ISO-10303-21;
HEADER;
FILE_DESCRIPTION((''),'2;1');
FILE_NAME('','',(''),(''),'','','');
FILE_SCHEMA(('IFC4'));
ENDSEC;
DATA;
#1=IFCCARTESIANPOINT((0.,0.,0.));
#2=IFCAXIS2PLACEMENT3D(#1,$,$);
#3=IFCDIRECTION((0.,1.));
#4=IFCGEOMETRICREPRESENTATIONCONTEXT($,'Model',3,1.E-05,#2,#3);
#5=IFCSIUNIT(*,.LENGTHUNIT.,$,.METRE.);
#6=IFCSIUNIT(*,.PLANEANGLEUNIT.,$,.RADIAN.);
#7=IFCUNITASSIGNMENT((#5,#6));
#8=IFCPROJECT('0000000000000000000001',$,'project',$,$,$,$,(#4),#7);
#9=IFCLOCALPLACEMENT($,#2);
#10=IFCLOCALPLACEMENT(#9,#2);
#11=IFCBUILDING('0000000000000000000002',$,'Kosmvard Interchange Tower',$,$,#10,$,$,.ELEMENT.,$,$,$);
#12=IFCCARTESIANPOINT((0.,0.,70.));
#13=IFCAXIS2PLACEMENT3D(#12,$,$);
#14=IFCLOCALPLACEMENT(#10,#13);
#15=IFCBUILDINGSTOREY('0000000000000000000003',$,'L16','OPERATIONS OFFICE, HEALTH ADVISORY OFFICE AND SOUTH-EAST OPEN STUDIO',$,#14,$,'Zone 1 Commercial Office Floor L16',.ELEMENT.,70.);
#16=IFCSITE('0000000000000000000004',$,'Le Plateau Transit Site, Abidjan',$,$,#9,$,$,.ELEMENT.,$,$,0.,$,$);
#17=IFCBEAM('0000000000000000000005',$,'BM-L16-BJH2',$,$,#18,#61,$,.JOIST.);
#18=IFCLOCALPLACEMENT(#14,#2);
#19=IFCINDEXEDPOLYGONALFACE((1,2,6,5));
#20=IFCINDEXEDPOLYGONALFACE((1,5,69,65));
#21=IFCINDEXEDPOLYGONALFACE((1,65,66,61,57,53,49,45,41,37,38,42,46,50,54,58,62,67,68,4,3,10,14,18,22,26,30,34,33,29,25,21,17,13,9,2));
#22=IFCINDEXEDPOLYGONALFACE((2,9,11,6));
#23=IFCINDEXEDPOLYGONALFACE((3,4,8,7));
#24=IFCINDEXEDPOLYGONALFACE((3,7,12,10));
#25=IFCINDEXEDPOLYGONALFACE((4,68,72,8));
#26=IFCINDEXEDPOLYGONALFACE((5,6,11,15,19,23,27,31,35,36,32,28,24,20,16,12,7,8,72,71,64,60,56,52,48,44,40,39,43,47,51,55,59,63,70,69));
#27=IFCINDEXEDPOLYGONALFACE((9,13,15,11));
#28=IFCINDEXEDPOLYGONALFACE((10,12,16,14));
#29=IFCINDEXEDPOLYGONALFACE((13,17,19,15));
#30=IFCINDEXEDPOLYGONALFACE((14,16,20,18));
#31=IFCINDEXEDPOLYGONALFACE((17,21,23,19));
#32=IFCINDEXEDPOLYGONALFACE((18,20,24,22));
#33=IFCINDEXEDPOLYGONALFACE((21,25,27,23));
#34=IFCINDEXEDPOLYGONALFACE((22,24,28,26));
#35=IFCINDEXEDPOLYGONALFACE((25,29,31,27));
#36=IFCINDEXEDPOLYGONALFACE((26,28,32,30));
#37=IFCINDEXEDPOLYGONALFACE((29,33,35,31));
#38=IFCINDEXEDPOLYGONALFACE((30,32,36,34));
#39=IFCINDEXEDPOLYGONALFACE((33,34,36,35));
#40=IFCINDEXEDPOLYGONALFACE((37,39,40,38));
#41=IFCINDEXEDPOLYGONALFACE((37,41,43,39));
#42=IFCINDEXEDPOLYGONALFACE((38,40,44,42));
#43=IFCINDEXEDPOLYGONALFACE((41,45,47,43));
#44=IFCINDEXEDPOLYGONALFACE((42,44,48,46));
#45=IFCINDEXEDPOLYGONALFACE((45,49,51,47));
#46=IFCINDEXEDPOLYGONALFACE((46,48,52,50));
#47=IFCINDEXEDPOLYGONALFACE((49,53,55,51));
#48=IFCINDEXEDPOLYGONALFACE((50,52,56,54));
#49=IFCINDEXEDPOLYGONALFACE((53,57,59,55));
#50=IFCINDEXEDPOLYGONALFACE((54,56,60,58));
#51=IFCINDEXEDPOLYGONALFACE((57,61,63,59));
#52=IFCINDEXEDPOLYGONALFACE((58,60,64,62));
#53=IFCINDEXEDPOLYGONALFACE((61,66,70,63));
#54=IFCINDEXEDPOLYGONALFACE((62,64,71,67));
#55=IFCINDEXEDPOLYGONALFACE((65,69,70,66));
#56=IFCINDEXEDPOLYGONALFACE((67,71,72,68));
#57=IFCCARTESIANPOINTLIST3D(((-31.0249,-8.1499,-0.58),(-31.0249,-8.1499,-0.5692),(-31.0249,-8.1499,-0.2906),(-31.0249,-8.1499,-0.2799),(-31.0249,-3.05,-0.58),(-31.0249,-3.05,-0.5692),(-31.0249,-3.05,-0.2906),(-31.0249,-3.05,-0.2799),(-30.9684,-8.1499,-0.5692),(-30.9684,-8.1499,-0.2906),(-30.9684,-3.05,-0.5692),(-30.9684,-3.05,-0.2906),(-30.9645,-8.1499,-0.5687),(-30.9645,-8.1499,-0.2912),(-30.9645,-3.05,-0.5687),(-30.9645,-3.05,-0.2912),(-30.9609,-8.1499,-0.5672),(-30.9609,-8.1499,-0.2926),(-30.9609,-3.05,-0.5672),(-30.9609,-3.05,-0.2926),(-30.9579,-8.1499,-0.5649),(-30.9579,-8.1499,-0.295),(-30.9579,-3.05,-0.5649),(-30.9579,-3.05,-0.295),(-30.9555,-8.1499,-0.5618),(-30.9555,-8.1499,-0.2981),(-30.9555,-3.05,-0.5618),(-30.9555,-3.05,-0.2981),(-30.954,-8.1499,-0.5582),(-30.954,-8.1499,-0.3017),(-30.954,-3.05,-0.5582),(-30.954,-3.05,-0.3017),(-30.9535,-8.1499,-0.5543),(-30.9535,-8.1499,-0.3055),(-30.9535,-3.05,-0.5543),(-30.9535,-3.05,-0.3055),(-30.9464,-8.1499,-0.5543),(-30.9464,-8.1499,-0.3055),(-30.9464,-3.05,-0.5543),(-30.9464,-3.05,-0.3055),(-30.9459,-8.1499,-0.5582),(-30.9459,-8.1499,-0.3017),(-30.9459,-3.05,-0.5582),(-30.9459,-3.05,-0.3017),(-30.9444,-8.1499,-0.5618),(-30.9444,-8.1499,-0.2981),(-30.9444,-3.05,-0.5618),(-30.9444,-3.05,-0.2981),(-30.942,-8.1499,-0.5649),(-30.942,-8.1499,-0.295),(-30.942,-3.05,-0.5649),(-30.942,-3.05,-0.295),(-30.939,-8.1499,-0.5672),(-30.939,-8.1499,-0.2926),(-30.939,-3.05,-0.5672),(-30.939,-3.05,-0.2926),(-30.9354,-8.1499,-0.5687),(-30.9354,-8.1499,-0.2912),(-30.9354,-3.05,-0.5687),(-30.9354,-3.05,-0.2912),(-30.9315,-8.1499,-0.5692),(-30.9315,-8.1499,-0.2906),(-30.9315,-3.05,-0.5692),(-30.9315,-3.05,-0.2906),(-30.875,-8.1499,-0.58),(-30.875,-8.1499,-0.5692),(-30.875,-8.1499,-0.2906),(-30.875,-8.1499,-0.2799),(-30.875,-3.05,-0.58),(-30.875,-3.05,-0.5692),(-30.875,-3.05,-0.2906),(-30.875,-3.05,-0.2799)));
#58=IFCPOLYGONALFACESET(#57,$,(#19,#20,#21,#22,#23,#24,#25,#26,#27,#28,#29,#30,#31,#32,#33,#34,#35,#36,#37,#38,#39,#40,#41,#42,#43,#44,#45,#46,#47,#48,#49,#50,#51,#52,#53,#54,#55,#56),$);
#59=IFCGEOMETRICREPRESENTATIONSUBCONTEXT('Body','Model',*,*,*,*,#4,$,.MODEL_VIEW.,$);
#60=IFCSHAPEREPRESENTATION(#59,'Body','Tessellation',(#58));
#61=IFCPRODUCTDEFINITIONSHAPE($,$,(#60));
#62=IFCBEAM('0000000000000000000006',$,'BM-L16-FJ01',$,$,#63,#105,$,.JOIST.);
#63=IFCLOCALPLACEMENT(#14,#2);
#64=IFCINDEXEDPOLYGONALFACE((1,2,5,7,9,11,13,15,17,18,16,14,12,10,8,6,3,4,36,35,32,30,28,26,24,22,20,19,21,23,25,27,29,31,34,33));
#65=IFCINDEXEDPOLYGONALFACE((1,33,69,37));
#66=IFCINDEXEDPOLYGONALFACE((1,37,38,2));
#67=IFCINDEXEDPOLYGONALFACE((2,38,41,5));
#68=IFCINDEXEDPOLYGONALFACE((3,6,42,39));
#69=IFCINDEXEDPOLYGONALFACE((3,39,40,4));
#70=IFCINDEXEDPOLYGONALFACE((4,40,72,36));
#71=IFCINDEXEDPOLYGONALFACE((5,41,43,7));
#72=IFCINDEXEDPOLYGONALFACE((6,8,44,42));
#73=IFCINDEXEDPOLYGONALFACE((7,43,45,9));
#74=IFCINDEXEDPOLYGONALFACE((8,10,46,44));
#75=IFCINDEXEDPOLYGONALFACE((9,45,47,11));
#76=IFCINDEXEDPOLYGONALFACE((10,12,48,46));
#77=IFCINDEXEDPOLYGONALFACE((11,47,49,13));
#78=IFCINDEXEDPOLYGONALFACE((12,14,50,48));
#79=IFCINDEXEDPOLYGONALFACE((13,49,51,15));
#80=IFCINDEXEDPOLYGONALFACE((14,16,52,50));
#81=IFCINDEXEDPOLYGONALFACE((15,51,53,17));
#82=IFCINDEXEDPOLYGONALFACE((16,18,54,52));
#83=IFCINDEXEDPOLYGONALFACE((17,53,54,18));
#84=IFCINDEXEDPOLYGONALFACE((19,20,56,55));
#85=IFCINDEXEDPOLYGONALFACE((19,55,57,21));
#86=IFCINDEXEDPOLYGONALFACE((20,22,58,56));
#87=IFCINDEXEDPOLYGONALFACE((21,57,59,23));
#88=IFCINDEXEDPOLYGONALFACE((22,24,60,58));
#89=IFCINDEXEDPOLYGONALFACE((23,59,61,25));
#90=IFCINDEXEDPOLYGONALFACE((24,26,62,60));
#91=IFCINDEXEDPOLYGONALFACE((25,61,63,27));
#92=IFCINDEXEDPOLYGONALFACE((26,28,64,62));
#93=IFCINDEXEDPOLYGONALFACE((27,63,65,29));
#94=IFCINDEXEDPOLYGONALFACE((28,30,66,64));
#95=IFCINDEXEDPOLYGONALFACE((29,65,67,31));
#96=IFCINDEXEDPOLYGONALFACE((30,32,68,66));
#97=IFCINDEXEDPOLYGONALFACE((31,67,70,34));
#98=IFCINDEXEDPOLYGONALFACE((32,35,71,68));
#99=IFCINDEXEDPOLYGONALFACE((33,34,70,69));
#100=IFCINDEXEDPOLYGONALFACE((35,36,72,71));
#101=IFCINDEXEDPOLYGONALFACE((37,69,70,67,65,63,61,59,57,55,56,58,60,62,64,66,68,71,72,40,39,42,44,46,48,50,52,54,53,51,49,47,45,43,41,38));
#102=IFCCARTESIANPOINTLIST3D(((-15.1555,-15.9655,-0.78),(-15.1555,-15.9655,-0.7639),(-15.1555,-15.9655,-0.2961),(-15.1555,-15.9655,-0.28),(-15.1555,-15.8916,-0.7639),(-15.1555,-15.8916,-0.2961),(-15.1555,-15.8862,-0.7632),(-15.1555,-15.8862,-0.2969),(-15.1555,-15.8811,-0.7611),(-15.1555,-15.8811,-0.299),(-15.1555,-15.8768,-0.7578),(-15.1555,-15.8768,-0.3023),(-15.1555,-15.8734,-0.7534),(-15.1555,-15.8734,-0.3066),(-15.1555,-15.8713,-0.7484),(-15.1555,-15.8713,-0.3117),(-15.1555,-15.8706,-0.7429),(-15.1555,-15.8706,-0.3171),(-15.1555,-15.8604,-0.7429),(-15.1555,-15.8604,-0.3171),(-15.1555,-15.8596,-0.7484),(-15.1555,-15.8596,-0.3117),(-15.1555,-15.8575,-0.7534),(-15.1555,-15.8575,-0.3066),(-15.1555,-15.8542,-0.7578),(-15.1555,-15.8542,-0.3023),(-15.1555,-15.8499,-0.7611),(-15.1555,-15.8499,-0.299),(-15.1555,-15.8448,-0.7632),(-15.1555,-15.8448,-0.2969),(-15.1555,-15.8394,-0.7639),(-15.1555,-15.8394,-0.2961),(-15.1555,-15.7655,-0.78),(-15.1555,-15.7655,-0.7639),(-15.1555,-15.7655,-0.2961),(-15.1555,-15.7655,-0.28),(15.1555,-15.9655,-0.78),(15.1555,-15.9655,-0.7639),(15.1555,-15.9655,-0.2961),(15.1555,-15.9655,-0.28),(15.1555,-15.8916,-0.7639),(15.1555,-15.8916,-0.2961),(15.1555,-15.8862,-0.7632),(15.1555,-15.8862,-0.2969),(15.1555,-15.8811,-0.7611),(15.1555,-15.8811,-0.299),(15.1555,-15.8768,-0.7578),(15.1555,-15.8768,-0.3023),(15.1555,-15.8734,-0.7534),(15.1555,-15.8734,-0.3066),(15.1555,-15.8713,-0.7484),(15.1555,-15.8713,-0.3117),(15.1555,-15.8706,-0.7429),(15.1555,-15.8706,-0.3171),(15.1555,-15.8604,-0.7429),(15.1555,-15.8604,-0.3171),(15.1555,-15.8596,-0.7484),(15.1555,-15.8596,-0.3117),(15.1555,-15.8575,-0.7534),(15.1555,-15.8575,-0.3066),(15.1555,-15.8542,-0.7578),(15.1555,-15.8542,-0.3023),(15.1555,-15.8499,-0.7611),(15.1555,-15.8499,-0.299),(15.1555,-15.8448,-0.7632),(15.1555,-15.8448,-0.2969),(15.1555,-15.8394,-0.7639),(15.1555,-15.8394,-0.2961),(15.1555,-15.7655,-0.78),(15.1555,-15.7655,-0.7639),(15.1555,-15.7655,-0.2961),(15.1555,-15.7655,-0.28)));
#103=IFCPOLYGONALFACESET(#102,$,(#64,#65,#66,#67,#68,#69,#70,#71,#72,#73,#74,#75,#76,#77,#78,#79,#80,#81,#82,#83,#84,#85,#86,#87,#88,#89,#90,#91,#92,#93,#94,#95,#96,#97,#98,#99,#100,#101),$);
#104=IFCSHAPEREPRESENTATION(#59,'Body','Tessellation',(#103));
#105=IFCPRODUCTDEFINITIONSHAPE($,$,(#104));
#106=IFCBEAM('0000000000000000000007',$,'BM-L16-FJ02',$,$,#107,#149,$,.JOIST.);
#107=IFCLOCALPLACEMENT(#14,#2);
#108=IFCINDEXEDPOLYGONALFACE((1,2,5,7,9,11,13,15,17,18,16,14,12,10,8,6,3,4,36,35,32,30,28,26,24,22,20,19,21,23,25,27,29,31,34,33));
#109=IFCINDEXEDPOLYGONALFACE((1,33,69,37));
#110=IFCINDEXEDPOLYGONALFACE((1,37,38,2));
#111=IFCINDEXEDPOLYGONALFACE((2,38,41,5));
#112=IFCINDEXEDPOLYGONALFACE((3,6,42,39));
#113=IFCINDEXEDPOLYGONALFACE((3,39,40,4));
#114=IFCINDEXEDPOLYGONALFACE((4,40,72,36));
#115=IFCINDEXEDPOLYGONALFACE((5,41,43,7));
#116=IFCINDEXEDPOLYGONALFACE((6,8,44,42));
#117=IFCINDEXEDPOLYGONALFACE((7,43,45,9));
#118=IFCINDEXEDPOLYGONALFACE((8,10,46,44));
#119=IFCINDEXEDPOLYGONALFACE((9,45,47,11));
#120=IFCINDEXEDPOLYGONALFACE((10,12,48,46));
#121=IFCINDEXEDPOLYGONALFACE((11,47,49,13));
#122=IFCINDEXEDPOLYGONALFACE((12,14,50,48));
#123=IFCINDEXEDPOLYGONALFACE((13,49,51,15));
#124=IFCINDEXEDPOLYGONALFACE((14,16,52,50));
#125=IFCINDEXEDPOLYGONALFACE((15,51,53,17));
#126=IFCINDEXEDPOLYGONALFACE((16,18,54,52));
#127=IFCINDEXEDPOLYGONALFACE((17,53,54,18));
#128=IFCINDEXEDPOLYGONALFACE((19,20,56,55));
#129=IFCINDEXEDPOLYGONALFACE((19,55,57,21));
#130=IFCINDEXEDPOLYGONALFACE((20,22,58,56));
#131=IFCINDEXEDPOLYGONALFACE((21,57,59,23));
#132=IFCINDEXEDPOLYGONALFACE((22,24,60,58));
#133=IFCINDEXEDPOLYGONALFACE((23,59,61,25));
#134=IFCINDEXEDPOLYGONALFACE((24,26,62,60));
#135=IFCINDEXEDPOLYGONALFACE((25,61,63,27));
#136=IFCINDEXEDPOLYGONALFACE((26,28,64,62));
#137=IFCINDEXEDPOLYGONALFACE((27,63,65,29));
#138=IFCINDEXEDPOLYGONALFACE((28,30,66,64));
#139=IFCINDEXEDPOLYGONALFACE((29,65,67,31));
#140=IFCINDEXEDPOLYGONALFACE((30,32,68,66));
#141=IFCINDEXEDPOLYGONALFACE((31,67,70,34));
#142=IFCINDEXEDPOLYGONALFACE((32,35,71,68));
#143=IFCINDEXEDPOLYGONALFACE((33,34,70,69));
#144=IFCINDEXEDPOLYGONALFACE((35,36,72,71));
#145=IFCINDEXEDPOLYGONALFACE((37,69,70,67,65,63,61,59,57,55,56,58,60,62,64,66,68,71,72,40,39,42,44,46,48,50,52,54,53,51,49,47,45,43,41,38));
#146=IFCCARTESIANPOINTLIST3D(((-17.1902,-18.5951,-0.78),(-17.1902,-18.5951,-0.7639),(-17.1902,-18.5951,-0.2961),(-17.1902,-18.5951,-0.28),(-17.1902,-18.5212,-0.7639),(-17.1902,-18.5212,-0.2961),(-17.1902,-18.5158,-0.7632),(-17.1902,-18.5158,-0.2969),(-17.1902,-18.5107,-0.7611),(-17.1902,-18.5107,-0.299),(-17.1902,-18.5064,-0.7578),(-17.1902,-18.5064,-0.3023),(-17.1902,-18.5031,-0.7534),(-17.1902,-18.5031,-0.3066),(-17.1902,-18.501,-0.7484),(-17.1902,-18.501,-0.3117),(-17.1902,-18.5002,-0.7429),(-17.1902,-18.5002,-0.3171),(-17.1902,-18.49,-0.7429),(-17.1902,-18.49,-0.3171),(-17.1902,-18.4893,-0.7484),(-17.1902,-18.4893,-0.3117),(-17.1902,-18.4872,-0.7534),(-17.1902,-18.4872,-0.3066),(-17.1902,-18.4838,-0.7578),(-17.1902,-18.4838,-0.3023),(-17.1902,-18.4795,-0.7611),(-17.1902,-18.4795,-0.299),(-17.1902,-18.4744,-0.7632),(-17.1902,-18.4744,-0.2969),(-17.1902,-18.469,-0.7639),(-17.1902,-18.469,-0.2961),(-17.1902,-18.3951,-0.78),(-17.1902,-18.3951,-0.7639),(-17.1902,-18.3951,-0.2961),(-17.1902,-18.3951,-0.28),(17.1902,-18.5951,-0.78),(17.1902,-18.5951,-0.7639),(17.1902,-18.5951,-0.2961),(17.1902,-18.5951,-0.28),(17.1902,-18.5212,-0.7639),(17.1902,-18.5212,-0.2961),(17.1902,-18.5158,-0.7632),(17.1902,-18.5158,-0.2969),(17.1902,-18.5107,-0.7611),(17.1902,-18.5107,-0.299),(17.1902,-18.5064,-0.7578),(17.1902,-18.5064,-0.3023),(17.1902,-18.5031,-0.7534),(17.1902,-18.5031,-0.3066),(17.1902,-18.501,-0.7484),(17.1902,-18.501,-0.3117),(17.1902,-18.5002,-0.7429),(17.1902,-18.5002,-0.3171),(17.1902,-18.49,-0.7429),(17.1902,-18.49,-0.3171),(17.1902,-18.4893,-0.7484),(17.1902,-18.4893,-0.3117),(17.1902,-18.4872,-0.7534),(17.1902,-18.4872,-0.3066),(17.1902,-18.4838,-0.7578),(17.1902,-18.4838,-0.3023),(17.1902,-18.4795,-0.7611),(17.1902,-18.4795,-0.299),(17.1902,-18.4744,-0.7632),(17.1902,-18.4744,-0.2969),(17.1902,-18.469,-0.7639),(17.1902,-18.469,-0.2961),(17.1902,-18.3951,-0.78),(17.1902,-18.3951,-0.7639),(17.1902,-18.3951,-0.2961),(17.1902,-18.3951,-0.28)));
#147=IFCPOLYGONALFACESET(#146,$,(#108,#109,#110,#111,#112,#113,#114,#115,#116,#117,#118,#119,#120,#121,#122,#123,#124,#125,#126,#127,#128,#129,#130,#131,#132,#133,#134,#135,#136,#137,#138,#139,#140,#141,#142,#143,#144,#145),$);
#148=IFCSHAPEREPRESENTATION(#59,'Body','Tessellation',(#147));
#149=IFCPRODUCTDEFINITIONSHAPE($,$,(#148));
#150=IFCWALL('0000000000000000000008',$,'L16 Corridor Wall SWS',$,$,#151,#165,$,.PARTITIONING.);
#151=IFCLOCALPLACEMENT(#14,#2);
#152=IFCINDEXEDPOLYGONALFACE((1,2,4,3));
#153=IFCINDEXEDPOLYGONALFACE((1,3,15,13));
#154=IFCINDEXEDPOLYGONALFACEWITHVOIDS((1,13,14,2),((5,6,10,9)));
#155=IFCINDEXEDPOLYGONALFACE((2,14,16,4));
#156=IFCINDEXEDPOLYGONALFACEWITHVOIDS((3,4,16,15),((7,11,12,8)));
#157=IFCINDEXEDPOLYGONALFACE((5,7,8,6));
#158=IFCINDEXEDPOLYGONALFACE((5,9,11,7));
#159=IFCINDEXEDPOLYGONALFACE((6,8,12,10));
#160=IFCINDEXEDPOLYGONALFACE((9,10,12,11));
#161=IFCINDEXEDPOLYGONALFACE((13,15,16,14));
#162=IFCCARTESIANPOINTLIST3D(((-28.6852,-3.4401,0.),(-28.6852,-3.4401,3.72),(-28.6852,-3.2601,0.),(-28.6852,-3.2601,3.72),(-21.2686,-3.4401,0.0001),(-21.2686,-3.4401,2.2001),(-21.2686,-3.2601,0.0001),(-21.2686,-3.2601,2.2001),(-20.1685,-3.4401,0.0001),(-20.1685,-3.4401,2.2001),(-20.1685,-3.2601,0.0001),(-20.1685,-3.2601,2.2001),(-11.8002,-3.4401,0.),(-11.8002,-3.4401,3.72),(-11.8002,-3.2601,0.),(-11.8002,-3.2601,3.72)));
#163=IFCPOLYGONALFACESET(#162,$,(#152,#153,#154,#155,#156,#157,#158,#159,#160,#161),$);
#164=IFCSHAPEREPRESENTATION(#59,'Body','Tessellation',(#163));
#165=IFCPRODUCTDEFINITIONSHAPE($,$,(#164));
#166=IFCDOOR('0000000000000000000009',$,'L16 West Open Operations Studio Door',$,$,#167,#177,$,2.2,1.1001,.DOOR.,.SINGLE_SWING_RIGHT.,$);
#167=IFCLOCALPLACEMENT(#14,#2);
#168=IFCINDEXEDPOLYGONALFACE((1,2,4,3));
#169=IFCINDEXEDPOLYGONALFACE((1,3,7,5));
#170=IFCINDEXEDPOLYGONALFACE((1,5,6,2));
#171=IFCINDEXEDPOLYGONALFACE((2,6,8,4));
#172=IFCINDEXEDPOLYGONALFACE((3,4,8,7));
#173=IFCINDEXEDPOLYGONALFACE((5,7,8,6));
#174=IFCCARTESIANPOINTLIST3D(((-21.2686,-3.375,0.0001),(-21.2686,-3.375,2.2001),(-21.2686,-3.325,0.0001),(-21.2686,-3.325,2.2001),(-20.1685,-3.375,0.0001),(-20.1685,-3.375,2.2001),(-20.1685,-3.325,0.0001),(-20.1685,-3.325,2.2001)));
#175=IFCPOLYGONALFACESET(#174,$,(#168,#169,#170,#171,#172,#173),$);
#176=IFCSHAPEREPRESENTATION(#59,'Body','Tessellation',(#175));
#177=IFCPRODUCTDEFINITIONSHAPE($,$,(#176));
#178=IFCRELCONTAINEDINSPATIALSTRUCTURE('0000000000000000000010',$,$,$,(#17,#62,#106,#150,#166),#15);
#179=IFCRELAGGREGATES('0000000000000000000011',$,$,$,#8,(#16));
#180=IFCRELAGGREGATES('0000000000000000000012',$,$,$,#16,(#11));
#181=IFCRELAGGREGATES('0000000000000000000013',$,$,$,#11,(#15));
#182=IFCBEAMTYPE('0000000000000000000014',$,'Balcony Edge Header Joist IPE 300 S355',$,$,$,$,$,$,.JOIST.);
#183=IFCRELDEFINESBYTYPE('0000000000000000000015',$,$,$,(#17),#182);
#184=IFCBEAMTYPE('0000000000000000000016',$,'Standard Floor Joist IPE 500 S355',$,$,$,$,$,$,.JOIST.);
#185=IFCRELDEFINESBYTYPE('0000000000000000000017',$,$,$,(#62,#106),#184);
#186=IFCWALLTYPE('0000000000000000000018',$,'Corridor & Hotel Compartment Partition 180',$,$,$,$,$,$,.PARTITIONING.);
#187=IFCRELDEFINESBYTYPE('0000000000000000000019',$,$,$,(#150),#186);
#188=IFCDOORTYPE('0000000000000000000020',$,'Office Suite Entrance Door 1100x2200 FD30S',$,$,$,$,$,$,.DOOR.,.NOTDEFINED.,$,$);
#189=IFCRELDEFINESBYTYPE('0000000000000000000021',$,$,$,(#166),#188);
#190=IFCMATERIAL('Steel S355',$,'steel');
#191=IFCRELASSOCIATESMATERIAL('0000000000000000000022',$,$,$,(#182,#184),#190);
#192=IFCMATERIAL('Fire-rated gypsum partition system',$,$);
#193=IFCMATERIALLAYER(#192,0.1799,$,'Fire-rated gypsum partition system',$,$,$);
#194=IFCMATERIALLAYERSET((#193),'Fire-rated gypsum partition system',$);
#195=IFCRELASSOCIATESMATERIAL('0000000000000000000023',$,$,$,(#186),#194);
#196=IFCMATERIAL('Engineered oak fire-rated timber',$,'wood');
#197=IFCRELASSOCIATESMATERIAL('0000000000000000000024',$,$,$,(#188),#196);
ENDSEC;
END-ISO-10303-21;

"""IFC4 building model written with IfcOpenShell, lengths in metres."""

from ifc_helpers import new_model, si_unit, direction, frame, frame_2d, origin, origin_2d, place, context, subcontext, project, spatial, rectangle, i_section, extrude, source, transform, mapped, material, layer, layer_set, material_profile, profile_set, type_object, element, fill, save


model = new_model("IFC4")

# Units and contexts
model_context = context("Model", 3, precision=1e-05, world=origin(), true_north=direction((0.0, 1.0)))
body_context = subcontext(model_context, "Body", "Model", "MODEL_VIEW")
ifc_project = project(units=[si_unit("LENGTHUNIT", "METRE"), si_unit("PLANEANGLEUNIT", "RADIAN")], contexts=[model_context])

# Site, building, storey
site_placement = place(None, origin())
site = spatial("IfcSite", under=ifc_project, at=site_placement, Name="Le Plateau Transit Site, Abidjan", CompositionType="ELEMENT", RefElevation=0.0)
building_placement = place(site_placement, origin())
building = spatial("IfcBuilding", under=site, at=building_placement, Name="Kosmvard Interchange Tower", CompositionType="ELEMENT")
storey_placement = place(building_placement, frame((0.0, 0.0, 70.0)))
storey = spatial("IfcBuildingStorey", under=building, at=storey_placement, Name="L16", Description="OPERATIONS OFFICE, HEALTH ADVISORY OFFICE AND SOUTH-EAST OPEN STUDIO", LongName="Zone 1 Commercial Office Floor L16", CompositionType="ELEMENT", Elevation=70.0)

# Beams
ifc_material_1 = material(Name="Steel S355", Category="steel")
ifc_material_profile_1 = material_profile(ifc_material_1, i_section(OverallWidth=0.1499, OverallDepth=0.3, WebThickness=0.0071, FlangeThickness=0.0107, FilletRadius=0.0149, at=origin_2d()), Name="IPE 300")
ifc_profile_set_1 = profile_set([ifc_material_profile_1], Name="Steel S355")
beam_type_1 = type_object("IfcBeamType", Name="Balcony Edge Header Joist IPE 300 S355", PredefinedType="JOIST", material=ifc_profile_set_1)
shared_shape_1 = source(origin(), body_context, "Body", "SweptSolid", [
    extrude(i_section(OverallWidth=0.1499, OverallDepth=0.3, WebThickness=0.0071, FlangeThickness=0.0107, FilletRadius=0.0149, at=origin_2d()), origin(), (0.0, 0.0, 1.0), 5.0999),
])
beam_1_placement = place(storey_placement, frame((-30.95, -3.05, -0.4299), z_axis=(0.0, -1.0, 0.0), x_axis=(1.0, 0.0, 0.0)))
element("IfcBeam", 1, at=beam_1_placement, inside=storey, type_object=beam_type_1, Name="BM-L16-BJH2", PredefinedType="JOIST", context=body_context, shape_type="MappedRepresentation", body=[
    mapped(shared_shape_1, transform((0.0, 0.0, 0.0), scale=1.0)),
])
ifc_material_profile_2 = material_profile(ifc_material_1, i_section(OverallWidth=0.2, OverallDepth=0.5, WebThickness=0.0103, FlangeThickness=0.0161, FilletRadius=0.021, at=origin_2d()), Name="IPE 500")
ifc_profile_set_2 = profile_set([ifc_material_profile_2], Name="Steel S355")
beam_type_2 = type_object("IfcBeamType", Name="Standard Floor Joist IPE 500 S355", PredefinedType="JOIST", material=ifc_profile_set_2)
shared_shape_2 = source(origin(), body_context, "Body", "SweptSolid", [
    extrude(i_section(OverallWidth=0.2, OverallDepth=0.5, WebThickness=0.0103, FlangeThickness=0.0161, FilletRadius=0.021, at=origin_2d()), origin(), (0.0, 0.0, 1.0), 30.311),
])
beam_2_placement = place(storey_placement, frame((-15.1555, -15.8655, -0.53), z_axis=(1.0, 0.0, 0.0), x_axis=(0.0, 1.0, 0.0)))
element("IfcBeam", 2, at=beam_2_placement, inside=storey, type_object=beam_type_2, Name="BM-L16-FJ01", PredefinedType="JOIST", context=body_context, shape_type="MappedRepresentation", body=[
    mapped(shared_shape_2, transform((0.0, 0.0, 0.0), scale=1.0)),
])
shared_shape_3 = source(origin(), body_context, "Body", "SweptSolid", [
    extrude(i_section(OverallWidth=0.2, OverallDepth=0.5, WebThickness=0.0103, FlangeThickness=0.0161, FilletRadius=0.021, at=origin_2d()), origin(), (0.0, 0.0, 1.0), 34.3804),
])
beam_3_placement = place(storey_placement, frame((-17.1902, -18.4951, -0.53), z_axis=(1.0, 0.0, 0.0), x_axis=(0.0, 1.0, 0.0)))
element("IfcBeam", 3, at=beam_3_placement, inside=storey, type_object=beam_type_2, Name="BM-L16-FJ02", PredefinedType="JOIST", context=body_context, shape_type="MappedRepresentation", body=[
    mapped(shared_shape_3, transform((0.0, 0.0, 0.0), scale=1.0)),
])

# Wall, opening, door
ifc_material_2 = material(Name="Fire-rated gypsum partition system")
ifc_layer_1 = layer(ifc_material_2, 0.1799, Name="Fire-rated gypsum partition system")
ifc_layer_set_1 = layer_set([ifc_layer_1], Name="Fire-rated gypsum partition system")
wall_type_1 = type_object("IfcWallType", Name="Corridor & Hotel Compartment Partition 180", PredefinedType="PARTITIONING", material=ifc_layer_set_1)
wall_1_placement = place(storey_placement, frame((-28.6851, -3.3501, 0.0), z_axis=(0.0, 0.0, 1.0), x_axis=(1.0, 0.0, 0.0)))
wall_1 = element("IfcWall", 4, at=wall_1_placement, inside=storey, type_object=wall_type_1, Name="L16 Corridor Wall SWS", PredefinedType="PARTITIONING", context=body_context, shape_type="SweptSolid", body=[
    extrude(rectangle(XDim=16.885, YDim=0.1799, at=frame_2d((8.4424, 0.0))), origin(), (0.0, 0.0, 1.0), 3.72),
])
opening_1_placement = place(wall_1_placement, frame((7.4165, 0.0, 0.0)))
opening_1 = element("IfcOpeningElement", 5, at=opening_1_placement, cuts=wall_1, PredefinedType="OPENING", context=body_context, shape_type="SweptSolid", body=[
    extrude(rectangle(XDim=1.1001, YDim=2.2, at=frame_2d((0.55, 1.1001))), frame((0.0, 0.1001, 0.0), z_axis=(0.0, -1.0, 0.0), x_axis=(1.0, 0.0, 0.0)), (0.0, 0.0, 1.0), 0.2),
])
ifc_material_3 = material(Name="Engineered oak fire-rated timber", Category="wood")
door_type_1 = type_object("IfcDoorType", Name="Office Suite Entrance Door 1100x2200 FD30S", OperationType="NOTDEFINED", PredefinedType="DOOR", material=ifc_material_3)
shared_shape_4 = source(origin(), body_context, "Body", "SweptSolid", [
    extrude(rectangle(XDim=1.1001, YDim=2.2, at=frame_2d((0.55, 1.1001))), frame((0.0, 0.0249, 0.0), z_axis=(0.0, -1.0, 0.0), x_axis=(1.0, 0.0, 0.0)), (0.0, 0.0, 1.0), 0.05),
])
door_1_placement = place(opening_1_placement, frame((1.1001, 0.0, 0.0), z_axis=(0.0, 0.0, 1.0), x_axis=(-1.0, 0.0, 0.0)))
door_1 = element("IfcDoor", 6, at=door_1_placement, inside=storey, type_object=door_type_1, Name="L16 West Open Operations Studio Door", OperationType="SINGLE_SWING_RIGHT", OverallHeight=2.2, OverallWidth=1.1001, PredefinedType="DOOR", context=body_context, shape_type="MappedRepresentation", body=[
    mapped(shared_shape_4, transform((0.0, 0.0, 0.0), scale=1.0)),
])
fill(opening_1, door_1)

save(model, "model.ifc")
